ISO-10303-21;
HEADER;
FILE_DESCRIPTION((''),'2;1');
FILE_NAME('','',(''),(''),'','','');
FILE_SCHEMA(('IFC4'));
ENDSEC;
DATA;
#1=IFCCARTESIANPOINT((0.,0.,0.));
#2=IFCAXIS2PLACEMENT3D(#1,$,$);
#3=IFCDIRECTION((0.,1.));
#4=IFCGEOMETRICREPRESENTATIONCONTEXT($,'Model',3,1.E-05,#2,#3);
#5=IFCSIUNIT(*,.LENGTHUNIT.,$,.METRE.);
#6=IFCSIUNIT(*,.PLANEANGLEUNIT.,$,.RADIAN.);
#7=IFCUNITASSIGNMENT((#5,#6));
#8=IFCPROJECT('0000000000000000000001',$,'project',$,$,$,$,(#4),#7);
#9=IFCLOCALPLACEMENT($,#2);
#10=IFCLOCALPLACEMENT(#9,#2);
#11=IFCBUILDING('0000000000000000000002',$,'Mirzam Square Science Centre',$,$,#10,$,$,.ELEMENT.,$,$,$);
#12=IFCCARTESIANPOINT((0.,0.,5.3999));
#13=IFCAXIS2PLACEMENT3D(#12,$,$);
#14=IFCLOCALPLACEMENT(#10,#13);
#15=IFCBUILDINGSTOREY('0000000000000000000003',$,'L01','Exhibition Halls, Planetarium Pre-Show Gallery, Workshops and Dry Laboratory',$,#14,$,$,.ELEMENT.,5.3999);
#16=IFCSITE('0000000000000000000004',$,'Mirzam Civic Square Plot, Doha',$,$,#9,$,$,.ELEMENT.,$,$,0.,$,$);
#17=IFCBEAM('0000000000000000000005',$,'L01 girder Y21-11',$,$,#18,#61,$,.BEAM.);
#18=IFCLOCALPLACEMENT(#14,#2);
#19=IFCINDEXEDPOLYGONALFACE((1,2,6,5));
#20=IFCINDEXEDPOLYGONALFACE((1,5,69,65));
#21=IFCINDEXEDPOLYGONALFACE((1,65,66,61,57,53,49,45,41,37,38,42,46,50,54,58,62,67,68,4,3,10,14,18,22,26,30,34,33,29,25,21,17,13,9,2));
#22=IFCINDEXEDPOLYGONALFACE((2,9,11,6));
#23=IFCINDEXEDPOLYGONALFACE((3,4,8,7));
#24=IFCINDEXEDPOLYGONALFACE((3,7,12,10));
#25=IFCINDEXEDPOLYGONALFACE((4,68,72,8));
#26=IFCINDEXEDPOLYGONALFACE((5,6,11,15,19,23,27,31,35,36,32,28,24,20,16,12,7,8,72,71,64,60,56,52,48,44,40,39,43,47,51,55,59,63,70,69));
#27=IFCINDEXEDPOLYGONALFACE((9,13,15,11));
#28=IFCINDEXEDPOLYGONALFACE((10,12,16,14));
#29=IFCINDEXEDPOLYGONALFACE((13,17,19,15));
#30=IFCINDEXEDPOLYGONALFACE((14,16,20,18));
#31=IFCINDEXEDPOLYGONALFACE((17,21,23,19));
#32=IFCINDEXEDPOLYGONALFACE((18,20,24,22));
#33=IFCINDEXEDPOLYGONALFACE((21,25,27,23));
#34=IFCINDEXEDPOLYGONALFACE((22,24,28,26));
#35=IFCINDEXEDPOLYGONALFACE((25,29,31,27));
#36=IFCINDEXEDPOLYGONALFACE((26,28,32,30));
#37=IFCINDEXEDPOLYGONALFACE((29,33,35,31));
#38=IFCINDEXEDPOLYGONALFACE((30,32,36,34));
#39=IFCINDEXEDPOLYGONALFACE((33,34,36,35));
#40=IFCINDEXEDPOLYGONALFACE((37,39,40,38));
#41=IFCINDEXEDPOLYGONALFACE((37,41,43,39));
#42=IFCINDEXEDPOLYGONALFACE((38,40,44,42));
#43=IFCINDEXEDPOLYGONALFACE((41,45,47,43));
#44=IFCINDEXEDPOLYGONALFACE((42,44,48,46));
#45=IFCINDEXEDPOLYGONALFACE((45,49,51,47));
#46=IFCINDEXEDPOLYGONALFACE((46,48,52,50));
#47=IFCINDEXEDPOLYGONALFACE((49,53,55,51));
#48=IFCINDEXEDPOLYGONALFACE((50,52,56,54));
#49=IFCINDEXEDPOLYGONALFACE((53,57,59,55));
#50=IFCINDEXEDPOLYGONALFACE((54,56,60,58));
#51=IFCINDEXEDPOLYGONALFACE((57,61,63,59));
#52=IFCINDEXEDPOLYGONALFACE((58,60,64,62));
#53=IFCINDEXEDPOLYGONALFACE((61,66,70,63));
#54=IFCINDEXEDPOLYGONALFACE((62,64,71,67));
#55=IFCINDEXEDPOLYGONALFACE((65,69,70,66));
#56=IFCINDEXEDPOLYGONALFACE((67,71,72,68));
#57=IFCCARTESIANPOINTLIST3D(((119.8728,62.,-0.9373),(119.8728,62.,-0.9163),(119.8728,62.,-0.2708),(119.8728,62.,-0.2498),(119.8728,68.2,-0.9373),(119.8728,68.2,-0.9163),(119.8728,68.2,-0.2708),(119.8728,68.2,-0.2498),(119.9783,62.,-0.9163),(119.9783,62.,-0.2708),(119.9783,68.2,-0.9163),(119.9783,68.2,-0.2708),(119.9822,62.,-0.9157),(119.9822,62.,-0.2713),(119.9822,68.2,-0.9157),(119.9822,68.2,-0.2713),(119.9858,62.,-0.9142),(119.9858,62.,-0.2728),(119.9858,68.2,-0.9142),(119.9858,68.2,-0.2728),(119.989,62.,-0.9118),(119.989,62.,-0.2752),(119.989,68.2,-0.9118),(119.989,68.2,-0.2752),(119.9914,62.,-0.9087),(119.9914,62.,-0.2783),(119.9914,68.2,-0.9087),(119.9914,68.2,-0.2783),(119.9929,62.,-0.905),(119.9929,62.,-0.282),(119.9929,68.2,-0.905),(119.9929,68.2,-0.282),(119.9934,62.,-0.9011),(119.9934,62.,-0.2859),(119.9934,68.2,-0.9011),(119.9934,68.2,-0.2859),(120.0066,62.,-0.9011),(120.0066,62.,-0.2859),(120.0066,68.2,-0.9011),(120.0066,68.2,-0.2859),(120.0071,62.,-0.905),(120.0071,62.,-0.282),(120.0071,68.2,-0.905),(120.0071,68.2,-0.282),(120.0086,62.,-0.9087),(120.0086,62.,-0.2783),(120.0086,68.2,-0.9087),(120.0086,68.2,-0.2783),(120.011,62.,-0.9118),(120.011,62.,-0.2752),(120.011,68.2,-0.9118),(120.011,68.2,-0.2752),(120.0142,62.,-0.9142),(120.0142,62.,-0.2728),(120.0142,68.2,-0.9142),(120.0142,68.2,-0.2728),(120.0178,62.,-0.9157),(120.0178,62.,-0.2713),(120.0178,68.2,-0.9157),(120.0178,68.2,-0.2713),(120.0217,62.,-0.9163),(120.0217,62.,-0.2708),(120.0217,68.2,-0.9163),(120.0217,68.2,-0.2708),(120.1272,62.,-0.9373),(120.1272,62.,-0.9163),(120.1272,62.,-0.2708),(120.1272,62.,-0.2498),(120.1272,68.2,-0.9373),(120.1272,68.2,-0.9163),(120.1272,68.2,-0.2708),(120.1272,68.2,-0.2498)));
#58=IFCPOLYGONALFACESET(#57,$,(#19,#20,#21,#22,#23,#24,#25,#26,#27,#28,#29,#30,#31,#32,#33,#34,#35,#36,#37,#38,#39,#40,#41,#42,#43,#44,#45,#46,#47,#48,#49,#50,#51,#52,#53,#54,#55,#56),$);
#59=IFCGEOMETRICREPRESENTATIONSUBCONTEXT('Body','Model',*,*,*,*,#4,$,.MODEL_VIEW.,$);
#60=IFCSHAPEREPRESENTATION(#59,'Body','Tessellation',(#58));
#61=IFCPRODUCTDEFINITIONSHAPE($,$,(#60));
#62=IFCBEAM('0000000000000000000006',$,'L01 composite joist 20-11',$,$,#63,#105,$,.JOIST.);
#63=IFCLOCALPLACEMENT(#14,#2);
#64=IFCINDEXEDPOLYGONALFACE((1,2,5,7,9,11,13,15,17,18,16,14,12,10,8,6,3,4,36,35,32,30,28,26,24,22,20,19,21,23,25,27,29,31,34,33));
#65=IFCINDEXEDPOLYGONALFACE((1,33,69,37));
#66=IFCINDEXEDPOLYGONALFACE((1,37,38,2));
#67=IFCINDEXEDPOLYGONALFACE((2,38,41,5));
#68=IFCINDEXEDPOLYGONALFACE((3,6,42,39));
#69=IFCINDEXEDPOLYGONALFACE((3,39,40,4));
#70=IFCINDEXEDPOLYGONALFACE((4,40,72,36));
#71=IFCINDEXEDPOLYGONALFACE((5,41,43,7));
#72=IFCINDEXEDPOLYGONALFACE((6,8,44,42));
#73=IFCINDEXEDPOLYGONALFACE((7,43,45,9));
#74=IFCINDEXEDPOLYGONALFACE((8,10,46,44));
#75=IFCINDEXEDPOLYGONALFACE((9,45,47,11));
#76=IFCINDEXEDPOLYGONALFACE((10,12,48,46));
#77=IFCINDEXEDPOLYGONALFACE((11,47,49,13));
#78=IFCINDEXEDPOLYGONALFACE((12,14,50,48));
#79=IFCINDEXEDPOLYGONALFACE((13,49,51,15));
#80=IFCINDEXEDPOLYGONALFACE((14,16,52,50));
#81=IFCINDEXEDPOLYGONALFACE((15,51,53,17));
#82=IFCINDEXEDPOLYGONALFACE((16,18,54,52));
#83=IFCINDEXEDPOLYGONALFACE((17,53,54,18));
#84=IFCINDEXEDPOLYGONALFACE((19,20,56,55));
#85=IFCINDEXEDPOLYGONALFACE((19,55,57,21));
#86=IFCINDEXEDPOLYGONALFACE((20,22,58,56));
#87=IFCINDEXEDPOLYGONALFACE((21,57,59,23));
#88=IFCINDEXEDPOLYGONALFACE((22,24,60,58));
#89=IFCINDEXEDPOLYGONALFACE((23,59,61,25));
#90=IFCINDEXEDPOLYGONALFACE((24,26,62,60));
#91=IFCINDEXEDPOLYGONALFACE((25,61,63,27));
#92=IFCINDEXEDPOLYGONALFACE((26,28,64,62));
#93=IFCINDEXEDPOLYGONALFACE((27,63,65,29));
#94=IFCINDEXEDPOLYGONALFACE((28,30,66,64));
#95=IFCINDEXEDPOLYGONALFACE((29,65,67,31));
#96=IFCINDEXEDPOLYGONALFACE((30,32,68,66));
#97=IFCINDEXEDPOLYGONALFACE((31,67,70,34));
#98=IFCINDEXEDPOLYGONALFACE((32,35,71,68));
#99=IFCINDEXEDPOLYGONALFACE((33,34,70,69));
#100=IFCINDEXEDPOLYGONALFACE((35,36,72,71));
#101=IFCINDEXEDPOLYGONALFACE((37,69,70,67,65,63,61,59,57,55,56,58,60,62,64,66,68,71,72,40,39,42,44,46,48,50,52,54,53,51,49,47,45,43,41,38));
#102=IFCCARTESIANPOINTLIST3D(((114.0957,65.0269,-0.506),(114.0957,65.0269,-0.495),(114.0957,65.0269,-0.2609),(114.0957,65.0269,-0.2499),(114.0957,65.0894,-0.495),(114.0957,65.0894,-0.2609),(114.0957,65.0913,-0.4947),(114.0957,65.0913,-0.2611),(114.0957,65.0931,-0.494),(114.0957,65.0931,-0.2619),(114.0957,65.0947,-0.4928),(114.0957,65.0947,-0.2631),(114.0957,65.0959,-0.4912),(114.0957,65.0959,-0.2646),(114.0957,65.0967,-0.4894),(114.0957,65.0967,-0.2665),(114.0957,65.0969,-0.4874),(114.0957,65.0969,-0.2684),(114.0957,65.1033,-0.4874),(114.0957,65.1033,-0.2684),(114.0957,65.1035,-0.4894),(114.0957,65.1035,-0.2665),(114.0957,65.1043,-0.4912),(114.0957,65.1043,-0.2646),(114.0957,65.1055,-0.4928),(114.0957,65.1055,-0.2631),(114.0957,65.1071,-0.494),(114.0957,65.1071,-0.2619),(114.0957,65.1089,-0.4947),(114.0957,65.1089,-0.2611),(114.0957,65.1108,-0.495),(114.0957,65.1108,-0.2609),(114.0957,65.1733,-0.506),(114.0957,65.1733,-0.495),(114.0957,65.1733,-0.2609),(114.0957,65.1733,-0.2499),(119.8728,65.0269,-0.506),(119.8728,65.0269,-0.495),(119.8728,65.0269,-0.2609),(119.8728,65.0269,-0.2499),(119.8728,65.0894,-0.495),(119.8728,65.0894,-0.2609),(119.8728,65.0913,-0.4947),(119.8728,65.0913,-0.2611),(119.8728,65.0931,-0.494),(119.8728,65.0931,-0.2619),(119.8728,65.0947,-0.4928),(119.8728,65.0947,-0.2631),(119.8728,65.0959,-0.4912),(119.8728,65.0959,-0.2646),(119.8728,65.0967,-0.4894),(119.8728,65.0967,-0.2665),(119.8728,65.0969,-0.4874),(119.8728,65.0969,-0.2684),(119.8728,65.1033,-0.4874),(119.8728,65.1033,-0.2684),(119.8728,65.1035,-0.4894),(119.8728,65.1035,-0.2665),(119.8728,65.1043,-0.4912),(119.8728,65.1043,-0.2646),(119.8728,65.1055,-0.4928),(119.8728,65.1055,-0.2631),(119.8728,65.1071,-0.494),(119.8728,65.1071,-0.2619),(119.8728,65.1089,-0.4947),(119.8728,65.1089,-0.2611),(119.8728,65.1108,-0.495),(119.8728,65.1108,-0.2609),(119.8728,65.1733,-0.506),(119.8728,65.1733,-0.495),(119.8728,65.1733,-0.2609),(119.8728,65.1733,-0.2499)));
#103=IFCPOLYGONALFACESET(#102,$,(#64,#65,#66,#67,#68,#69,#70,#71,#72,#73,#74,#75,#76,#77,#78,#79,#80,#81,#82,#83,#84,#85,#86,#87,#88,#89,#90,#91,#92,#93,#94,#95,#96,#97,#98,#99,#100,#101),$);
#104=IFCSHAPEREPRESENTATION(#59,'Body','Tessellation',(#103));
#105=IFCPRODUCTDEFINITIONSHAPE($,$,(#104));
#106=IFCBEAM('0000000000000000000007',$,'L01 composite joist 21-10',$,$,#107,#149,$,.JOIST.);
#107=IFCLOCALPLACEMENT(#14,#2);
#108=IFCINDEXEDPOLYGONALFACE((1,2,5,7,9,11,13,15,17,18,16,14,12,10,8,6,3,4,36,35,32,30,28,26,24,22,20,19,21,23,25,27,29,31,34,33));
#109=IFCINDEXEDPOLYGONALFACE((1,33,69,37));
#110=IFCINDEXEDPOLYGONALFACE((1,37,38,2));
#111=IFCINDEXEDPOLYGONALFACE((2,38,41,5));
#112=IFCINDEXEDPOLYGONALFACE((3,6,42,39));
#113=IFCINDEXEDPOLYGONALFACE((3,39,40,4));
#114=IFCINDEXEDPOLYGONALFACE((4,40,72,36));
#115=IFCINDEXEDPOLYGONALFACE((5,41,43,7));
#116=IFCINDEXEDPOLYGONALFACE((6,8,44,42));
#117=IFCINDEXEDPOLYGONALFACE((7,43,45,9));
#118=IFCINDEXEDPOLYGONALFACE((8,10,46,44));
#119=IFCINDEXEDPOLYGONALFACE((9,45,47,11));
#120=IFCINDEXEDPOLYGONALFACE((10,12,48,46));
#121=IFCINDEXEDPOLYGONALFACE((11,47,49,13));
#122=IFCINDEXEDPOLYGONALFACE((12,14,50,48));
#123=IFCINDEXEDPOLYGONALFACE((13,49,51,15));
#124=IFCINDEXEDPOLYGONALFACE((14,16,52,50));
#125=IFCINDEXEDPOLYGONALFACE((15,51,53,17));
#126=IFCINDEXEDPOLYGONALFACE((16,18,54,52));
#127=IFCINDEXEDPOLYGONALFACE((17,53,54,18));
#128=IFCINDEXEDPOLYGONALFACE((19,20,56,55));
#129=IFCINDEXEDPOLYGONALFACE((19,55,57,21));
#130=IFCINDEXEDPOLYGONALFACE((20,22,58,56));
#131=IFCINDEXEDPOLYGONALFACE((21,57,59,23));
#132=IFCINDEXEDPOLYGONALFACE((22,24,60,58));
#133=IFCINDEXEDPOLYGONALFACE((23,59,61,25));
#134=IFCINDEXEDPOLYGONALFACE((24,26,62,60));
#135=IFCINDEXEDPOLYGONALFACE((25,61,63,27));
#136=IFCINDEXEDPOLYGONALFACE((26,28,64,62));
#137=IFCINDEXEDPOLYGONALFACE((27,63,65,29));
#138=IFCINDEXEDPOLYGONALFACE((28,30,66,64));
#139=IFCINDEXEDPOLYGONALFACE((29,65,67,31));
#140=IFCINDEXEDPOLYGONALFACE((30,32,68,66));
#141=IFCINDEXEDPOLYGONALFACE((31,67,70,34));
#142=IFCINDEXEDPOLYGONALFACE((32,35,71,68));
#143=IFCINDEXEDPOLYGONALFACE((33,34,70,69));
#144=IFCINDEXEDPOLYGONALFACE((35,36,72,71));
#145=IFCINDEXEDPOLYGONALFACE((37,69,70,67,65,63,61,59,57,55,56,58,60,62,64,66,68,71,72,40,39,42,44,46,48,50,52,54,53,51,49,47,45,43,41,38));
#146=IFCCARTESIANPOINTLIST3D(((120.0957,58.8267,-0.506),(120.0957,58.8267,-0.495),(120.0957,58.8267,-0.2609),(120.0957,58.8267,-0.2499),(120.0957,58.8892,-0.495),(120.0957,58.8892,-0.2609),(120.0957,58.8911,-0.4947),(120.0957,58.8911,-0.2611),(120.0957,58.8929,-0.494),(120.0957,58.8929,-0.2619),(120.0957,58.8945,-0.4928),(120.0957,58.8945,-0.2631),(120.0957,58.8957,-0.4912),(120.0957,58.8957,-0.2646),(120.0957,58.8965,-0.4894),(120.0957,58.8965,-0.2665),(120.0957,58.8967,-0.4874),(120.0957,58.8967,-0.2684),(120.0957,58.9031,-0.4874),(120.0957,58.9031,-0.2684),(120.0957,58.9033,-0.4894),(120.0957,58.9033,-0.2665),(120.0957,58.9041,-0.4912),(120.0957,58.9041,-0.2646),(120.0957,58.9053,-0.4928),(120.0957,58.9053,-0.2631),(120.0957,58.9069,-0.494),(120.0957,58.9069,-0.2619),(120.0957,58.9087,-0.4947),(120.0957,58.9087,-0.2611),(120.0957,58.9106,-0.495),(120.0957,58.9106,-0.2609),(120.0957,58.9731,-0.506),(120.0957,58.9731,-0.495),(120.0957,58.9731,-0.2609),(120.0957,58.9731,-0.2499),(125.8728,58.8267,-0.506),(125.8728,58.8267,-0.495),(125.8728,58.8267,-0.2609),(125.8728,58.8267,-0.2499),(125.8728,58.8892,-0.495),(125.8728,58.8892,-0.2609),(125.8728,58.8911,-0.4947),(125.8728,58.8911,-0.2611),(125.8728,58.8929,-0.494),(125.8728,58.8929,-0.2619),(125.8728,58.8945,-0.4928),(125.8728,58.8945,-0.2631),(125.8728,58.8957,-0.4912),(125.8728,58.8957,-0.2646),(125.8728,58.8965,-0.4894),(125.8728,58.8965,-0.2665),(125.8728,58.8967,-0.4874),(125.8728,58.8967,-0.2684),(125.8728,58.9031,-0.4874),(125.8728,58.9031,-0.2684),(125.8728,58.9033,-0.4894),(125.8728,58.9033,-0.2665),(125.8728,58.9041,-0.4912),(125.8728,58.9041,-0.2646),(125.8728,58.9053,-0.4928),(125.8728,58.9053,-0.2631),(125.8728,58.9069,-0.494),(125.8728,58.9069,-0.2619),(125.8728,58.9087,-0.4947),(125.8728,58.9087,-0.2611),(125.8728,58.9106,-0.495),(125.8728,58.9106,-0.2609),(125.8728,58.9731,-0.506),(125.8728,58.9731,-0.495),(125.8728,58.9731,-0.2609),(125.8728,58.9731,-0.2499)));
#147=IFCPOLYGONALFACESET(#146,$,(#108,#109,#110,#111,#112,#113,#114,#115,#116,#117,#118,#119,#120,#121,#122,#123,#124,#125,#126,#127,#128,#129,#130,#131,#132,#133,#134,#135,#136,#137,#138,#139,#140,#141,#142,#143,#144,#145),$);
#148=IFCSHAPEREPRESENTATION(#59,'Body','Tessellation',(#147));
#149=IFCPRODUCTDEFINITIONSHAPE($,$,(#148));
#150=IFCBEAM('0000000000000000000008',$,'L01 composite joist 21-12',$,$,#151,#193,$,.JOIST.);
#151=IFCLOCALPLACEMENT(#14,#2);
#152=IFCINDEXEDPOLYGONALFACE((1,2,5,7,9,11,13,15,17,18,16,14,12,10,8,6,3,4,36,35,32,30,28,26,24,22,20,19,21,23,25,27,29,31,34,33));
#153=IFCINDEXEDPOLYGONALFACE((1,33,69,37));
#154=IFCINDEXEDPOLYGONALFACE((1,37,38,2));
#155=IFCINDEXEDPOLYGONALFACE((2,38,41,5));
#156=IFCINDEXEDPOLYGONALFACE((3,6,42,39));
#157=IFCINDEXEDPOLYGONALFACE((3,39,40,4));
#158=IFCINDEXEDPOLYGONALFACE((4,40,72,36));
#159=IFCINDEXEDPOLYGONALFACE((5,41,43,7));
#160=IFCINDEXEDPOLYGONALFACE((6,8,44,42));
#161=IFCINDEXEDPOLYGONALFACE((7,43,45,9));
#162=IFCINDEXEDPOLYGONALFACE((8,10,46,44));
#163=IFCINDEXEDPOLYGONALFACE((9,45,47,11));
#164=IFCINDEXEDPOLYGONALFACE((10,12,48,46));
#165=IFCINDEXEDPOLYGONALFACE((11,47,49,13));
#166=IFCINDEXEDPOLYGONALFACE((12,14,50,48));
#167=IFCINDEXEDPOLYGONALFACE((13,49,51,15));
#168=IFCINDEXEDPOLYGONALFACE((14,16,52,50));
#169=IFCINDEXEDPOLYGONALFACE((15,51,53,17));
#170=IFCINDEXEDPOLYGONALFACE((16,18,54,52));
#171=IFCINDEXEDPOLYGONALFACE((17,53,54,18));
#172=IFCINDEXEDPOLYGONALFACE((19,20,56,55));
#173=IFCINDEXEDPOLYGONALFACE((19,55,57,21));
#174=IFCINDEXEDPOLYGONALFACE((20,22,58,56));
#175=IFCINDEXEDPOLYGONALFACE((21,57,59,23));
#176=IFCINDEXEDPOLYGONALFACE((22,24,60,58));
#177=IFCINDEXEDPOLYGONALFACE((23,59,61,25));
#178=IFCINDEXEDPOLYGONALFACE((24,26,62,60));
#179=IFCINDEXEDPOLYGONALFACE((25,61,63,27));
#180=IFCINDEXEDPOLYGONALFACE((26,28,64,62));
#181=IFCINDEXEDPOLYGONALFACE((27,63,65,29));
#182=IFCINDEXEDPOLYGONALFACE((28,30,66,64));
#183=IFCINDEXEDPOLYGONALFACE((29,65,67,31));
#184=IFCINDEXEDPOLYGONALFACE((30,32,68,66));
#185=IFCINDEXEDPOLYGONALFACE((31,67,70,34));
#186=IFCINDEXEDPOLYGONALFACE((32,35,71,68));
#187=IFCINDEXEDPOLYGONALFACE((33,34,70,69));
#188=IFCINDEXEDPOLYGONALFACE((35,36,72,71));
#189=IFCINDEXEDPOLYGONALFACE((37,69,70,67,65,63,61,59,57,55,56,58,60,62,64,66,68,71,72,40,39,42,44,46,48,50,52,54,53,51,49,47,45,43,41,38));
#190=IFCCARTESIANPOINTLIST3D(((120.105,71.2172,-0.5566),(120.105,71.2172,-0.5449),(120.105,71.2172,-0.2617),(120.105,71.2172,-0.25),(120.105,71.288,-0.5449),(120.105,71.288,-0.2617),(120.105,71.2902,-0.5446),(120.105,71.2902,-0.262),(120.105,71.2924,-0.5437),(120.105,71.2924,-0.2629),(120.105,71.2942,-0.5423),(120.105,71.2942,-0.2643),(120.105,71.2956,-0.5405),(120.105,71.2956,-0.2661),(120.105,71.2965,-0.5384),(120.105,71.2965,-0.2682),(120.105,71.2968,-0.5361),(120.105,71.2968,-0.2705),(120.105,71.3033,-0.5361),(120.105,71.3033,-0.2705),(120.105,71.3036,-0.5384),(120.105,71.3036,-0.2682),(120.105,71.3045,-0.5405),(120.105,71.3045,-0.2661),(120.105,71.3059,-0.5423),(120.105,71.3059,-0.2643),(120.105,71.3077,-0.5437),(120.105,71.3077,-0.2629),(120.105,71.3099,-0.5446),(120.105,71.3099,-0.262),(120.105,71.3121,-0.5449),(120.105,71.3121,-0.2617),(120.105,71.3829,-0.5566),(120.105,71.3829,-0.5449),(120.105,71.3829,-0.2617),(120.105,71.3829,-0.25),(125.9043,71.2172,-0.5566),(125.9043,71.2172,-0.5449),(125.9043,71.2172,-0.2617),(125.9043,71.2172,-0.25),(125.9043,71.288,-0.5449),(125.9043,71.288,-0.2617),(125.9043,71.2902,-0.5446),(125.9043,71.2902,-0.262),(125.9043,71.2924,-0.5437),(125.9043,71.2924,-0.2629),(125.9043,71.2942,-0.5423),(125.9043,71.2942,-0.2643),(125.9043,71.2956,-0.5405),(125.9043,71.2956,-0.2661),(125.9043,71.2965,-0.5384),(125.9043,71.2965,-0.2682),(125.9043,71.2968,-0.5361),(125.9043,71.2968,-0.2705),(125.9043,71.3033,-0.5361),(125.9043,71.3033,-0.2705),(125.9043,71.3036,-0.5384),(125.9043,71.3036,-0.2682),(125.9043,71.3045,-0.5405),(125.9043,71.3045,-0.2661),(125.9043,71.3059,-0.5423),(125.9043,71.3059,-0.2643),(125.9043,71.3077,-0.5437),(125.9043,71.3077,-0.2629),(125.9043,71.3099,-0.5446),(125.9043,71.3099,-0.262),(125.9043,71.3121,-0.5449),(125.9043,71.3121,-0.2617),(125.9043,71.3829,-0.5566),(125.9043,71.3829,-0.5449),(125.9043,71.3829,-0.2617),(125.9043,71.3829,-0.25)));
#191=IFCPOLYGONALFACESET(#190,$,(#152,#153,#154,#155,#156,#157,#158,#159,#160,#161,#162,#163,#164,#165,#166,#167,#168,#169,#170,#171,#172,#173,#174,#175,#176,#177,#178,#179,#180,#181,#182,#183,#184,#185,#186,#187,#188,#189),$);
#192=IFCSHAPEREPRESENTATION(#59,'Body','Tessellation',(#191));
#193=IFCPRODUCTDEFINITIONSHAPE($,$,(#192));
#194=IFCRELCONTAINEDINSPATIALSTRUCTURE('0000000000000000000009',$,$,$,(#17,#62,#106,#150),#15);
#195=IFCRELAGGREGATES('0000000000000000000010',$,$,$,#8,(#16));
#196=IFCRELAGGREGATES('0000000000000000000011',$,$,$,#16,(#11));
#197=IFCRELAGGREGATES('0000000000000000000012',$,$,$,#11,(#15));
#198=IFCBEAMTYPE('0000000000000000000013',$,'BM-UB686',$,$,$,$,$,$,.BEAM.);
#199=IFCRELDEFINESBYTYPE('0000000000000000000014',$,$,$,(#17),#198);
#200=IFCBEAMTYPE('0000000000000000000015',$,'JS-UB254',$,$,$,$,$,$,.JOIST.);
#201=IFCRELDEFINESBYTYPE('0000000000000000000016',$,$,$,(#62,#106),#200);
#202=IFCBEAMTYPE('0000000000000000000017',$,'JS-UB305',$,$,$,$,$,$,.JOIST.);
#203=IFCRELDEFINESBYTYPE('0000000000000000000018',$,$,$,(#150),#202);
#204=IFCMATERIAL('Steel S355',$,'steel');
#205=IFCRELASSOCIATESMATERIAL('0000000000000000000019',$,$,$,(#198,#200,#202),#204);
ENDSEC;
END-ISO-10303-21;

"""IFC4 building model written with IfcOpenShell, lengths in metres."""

from ifc_helpers import new_model, si_unit, direction, frame, origin, origin_2d, place, context, subcontext, project, spatial, i_section, extrude, material, material_profile, profile_set, type_object, element, save


model = new_model("IFC4")

# Units and contexts
model_context = context("Model", 3, precision=1e-05, world=origin(), true_north=direction((0.0, 1.0)))
body_context = subcontext(model_context, "Body", "Model", "MODEL_VIEW")
ifc_project = project(units=[si_unit("LENGTHUNIT", "METRE"), si_unit("PLANEANGLEUNIT", "RADIAN")], contexts=[model_context])

# Site, building, storey
site_placement = place(None, origin())
site = spatial("IfcSite", under=ifc_project, at=site_placement, Name="Mirzam Civic Square Plot, Doha", CompositionType="ELEMENT", RefElevation=0.0)
building_placement = place(site_placement, origin())
building = spatial("IfcBuilding", under=site, at=building_placement, Name="Mirzam Square Science Centre", CompositionType="ELEMENT")
storey_placement = place(building_placement, frame((0.0, 0.0, 5.3999)))
storey = spatial("IfcBuildingStorey", under=building, at=storey_placement, Name="L01", Description="Exhibition Halls, Planetarium Pre-Show Gallery, Workshops and Dry Laboratory", CompositionType="ELEMENT", Elevation=5.3999)

# Shared definitions
ifc_material_1 = material(Name="Steel S355", Category="steel")

# Beams
ifc_material_profile_1 = material_profile(ifc_material_1, i_section(OverallWidth=0.2544, OverallDepth=0.6875, WebThickness=0.0132, FlangeThickness=0.021, FilletRadius=0.0151, at=origin_2d()), Name="686x254x152UB")
ifc_profile_set_1 = profile_set([ifc_material_profile_1], Name="Steel S355")
beam_type_1 = type_object("IfcBeamType", Name="BM-UB686", PredefinedType="BEAM", material=ifc_profile_set_1)
for number, where, z_axis, x_axis, name in (
    (1, (120.0, 62.0, -0.5935), (0.0, 1.0, 0.0), (-1.0, 0.0, 0.0), "L01 girder Y21-11"),
):
    element("IfcBeam", number, at=place(storey_placement, frame(where, z_axis=z_axis, x_axis=x_axis)), inside=storey, type_object=beam_type_1, Name=name, PredefinedType="BEAM", context=body_context, shape_type="SweptSolid", body=[
        extrude(i_section(OverallWidth=0.2544, OverallDepth=0.6875, WebThickness=0.0132, FlangeThickness=0.021, FilletRadius=0.0151, at=origin_2d()), origin(), (0.0, 0.0, 1.0), 6.2),
    ])
ifc_material_profile_2 = material_profile(ifc_material_1, i_section(OverallWidth=0.1465, OverallDepth=0.2561, WebThickness=0.0063, FlangeThickness=0.011, FilletRadius=0.0076, at=origin_2d()), Name="254x146x37UB")
ifc_profile_set_2 = profile_set([ifc_material_profile_2], Name="Steel S355")
beam_type_2 = type_object("IfcBeamType", Name="JS-UB254", PredefinedType="JOIST", material=ifc_profile_set_2)
for number, where, z_axis, x_axis, name in (
    (2, (114.0957, 65.1001, -0.3779), (1.0, 0.0, 0.0), (0.0, 1.0, 0.0), "L01 composite joist 20-11"),
    (3, (120.0957, 58.8999, -0.3779), (1.0, 0.0, 0.0), (0.0, 1.0, 0.0), "L01 composite joist 21-10"),
):
    element("IfcBeam", number, at=place(storey_placement, frame(where, z_axis=z_axis, x_axis=x_axis)), inside=storey, type_object=beam_type_2, Name=name, PredefinedType="JOIST", context=body_context, shape_type="SweptSolid", body=[
        extrude(i_section(OverallWidth=0.1465, OverallDepth=0.2561, WebThickness=0.0063, FlangeThickness=0.011, FilletRadius=0.0076, at=origin_2d()), origin(), (0.0, 0.0, 1.0), 5.7771),
    ])
ifc_material_profile_3 = material_profile(ifc_material_1, i_section(OverallWidth=0.1658, OverallDepth=0.3066, WebThickness=0.0066, FlangeThickness=0.0117, FilletRadius=0.0088, at=origin_2d()), Name="305x165x46UB")
ifc_profile_set_3 = profile_set([ifc_material_profile_3], Name="Steel S355")
beam_type_3 = type_object("IfcBeamType", Name="JS-UB305", PredefinedType="JOIST", material=ifc_profile_set_3)
beam_1_placement = place(storey_placement, frame((120.105, 71.3, -0.4033), z_axis=(1.0, 0.0, 0.0), x_axis=(0.0, 1.0, 0.0)))
element("IfcBeam", 4, at=beam_1_placement, inside=storey, type_object=beam_type_3, Name="L01 composite joist 21-12", PredefinedType="JOIST", context=body_context, shape_type="SweptSolid", body=[
    extrude(i_section(OverallWidth=0.1658, OverallDepth=0.3066, WebThickness=0.0066, FlangeThickness=0.0117, FilletRadius=0.0088, at=origin_2d()), origin(), (0.0, 0.0, 1.0), 5.7993),
])

save(model, "model.ifc")
